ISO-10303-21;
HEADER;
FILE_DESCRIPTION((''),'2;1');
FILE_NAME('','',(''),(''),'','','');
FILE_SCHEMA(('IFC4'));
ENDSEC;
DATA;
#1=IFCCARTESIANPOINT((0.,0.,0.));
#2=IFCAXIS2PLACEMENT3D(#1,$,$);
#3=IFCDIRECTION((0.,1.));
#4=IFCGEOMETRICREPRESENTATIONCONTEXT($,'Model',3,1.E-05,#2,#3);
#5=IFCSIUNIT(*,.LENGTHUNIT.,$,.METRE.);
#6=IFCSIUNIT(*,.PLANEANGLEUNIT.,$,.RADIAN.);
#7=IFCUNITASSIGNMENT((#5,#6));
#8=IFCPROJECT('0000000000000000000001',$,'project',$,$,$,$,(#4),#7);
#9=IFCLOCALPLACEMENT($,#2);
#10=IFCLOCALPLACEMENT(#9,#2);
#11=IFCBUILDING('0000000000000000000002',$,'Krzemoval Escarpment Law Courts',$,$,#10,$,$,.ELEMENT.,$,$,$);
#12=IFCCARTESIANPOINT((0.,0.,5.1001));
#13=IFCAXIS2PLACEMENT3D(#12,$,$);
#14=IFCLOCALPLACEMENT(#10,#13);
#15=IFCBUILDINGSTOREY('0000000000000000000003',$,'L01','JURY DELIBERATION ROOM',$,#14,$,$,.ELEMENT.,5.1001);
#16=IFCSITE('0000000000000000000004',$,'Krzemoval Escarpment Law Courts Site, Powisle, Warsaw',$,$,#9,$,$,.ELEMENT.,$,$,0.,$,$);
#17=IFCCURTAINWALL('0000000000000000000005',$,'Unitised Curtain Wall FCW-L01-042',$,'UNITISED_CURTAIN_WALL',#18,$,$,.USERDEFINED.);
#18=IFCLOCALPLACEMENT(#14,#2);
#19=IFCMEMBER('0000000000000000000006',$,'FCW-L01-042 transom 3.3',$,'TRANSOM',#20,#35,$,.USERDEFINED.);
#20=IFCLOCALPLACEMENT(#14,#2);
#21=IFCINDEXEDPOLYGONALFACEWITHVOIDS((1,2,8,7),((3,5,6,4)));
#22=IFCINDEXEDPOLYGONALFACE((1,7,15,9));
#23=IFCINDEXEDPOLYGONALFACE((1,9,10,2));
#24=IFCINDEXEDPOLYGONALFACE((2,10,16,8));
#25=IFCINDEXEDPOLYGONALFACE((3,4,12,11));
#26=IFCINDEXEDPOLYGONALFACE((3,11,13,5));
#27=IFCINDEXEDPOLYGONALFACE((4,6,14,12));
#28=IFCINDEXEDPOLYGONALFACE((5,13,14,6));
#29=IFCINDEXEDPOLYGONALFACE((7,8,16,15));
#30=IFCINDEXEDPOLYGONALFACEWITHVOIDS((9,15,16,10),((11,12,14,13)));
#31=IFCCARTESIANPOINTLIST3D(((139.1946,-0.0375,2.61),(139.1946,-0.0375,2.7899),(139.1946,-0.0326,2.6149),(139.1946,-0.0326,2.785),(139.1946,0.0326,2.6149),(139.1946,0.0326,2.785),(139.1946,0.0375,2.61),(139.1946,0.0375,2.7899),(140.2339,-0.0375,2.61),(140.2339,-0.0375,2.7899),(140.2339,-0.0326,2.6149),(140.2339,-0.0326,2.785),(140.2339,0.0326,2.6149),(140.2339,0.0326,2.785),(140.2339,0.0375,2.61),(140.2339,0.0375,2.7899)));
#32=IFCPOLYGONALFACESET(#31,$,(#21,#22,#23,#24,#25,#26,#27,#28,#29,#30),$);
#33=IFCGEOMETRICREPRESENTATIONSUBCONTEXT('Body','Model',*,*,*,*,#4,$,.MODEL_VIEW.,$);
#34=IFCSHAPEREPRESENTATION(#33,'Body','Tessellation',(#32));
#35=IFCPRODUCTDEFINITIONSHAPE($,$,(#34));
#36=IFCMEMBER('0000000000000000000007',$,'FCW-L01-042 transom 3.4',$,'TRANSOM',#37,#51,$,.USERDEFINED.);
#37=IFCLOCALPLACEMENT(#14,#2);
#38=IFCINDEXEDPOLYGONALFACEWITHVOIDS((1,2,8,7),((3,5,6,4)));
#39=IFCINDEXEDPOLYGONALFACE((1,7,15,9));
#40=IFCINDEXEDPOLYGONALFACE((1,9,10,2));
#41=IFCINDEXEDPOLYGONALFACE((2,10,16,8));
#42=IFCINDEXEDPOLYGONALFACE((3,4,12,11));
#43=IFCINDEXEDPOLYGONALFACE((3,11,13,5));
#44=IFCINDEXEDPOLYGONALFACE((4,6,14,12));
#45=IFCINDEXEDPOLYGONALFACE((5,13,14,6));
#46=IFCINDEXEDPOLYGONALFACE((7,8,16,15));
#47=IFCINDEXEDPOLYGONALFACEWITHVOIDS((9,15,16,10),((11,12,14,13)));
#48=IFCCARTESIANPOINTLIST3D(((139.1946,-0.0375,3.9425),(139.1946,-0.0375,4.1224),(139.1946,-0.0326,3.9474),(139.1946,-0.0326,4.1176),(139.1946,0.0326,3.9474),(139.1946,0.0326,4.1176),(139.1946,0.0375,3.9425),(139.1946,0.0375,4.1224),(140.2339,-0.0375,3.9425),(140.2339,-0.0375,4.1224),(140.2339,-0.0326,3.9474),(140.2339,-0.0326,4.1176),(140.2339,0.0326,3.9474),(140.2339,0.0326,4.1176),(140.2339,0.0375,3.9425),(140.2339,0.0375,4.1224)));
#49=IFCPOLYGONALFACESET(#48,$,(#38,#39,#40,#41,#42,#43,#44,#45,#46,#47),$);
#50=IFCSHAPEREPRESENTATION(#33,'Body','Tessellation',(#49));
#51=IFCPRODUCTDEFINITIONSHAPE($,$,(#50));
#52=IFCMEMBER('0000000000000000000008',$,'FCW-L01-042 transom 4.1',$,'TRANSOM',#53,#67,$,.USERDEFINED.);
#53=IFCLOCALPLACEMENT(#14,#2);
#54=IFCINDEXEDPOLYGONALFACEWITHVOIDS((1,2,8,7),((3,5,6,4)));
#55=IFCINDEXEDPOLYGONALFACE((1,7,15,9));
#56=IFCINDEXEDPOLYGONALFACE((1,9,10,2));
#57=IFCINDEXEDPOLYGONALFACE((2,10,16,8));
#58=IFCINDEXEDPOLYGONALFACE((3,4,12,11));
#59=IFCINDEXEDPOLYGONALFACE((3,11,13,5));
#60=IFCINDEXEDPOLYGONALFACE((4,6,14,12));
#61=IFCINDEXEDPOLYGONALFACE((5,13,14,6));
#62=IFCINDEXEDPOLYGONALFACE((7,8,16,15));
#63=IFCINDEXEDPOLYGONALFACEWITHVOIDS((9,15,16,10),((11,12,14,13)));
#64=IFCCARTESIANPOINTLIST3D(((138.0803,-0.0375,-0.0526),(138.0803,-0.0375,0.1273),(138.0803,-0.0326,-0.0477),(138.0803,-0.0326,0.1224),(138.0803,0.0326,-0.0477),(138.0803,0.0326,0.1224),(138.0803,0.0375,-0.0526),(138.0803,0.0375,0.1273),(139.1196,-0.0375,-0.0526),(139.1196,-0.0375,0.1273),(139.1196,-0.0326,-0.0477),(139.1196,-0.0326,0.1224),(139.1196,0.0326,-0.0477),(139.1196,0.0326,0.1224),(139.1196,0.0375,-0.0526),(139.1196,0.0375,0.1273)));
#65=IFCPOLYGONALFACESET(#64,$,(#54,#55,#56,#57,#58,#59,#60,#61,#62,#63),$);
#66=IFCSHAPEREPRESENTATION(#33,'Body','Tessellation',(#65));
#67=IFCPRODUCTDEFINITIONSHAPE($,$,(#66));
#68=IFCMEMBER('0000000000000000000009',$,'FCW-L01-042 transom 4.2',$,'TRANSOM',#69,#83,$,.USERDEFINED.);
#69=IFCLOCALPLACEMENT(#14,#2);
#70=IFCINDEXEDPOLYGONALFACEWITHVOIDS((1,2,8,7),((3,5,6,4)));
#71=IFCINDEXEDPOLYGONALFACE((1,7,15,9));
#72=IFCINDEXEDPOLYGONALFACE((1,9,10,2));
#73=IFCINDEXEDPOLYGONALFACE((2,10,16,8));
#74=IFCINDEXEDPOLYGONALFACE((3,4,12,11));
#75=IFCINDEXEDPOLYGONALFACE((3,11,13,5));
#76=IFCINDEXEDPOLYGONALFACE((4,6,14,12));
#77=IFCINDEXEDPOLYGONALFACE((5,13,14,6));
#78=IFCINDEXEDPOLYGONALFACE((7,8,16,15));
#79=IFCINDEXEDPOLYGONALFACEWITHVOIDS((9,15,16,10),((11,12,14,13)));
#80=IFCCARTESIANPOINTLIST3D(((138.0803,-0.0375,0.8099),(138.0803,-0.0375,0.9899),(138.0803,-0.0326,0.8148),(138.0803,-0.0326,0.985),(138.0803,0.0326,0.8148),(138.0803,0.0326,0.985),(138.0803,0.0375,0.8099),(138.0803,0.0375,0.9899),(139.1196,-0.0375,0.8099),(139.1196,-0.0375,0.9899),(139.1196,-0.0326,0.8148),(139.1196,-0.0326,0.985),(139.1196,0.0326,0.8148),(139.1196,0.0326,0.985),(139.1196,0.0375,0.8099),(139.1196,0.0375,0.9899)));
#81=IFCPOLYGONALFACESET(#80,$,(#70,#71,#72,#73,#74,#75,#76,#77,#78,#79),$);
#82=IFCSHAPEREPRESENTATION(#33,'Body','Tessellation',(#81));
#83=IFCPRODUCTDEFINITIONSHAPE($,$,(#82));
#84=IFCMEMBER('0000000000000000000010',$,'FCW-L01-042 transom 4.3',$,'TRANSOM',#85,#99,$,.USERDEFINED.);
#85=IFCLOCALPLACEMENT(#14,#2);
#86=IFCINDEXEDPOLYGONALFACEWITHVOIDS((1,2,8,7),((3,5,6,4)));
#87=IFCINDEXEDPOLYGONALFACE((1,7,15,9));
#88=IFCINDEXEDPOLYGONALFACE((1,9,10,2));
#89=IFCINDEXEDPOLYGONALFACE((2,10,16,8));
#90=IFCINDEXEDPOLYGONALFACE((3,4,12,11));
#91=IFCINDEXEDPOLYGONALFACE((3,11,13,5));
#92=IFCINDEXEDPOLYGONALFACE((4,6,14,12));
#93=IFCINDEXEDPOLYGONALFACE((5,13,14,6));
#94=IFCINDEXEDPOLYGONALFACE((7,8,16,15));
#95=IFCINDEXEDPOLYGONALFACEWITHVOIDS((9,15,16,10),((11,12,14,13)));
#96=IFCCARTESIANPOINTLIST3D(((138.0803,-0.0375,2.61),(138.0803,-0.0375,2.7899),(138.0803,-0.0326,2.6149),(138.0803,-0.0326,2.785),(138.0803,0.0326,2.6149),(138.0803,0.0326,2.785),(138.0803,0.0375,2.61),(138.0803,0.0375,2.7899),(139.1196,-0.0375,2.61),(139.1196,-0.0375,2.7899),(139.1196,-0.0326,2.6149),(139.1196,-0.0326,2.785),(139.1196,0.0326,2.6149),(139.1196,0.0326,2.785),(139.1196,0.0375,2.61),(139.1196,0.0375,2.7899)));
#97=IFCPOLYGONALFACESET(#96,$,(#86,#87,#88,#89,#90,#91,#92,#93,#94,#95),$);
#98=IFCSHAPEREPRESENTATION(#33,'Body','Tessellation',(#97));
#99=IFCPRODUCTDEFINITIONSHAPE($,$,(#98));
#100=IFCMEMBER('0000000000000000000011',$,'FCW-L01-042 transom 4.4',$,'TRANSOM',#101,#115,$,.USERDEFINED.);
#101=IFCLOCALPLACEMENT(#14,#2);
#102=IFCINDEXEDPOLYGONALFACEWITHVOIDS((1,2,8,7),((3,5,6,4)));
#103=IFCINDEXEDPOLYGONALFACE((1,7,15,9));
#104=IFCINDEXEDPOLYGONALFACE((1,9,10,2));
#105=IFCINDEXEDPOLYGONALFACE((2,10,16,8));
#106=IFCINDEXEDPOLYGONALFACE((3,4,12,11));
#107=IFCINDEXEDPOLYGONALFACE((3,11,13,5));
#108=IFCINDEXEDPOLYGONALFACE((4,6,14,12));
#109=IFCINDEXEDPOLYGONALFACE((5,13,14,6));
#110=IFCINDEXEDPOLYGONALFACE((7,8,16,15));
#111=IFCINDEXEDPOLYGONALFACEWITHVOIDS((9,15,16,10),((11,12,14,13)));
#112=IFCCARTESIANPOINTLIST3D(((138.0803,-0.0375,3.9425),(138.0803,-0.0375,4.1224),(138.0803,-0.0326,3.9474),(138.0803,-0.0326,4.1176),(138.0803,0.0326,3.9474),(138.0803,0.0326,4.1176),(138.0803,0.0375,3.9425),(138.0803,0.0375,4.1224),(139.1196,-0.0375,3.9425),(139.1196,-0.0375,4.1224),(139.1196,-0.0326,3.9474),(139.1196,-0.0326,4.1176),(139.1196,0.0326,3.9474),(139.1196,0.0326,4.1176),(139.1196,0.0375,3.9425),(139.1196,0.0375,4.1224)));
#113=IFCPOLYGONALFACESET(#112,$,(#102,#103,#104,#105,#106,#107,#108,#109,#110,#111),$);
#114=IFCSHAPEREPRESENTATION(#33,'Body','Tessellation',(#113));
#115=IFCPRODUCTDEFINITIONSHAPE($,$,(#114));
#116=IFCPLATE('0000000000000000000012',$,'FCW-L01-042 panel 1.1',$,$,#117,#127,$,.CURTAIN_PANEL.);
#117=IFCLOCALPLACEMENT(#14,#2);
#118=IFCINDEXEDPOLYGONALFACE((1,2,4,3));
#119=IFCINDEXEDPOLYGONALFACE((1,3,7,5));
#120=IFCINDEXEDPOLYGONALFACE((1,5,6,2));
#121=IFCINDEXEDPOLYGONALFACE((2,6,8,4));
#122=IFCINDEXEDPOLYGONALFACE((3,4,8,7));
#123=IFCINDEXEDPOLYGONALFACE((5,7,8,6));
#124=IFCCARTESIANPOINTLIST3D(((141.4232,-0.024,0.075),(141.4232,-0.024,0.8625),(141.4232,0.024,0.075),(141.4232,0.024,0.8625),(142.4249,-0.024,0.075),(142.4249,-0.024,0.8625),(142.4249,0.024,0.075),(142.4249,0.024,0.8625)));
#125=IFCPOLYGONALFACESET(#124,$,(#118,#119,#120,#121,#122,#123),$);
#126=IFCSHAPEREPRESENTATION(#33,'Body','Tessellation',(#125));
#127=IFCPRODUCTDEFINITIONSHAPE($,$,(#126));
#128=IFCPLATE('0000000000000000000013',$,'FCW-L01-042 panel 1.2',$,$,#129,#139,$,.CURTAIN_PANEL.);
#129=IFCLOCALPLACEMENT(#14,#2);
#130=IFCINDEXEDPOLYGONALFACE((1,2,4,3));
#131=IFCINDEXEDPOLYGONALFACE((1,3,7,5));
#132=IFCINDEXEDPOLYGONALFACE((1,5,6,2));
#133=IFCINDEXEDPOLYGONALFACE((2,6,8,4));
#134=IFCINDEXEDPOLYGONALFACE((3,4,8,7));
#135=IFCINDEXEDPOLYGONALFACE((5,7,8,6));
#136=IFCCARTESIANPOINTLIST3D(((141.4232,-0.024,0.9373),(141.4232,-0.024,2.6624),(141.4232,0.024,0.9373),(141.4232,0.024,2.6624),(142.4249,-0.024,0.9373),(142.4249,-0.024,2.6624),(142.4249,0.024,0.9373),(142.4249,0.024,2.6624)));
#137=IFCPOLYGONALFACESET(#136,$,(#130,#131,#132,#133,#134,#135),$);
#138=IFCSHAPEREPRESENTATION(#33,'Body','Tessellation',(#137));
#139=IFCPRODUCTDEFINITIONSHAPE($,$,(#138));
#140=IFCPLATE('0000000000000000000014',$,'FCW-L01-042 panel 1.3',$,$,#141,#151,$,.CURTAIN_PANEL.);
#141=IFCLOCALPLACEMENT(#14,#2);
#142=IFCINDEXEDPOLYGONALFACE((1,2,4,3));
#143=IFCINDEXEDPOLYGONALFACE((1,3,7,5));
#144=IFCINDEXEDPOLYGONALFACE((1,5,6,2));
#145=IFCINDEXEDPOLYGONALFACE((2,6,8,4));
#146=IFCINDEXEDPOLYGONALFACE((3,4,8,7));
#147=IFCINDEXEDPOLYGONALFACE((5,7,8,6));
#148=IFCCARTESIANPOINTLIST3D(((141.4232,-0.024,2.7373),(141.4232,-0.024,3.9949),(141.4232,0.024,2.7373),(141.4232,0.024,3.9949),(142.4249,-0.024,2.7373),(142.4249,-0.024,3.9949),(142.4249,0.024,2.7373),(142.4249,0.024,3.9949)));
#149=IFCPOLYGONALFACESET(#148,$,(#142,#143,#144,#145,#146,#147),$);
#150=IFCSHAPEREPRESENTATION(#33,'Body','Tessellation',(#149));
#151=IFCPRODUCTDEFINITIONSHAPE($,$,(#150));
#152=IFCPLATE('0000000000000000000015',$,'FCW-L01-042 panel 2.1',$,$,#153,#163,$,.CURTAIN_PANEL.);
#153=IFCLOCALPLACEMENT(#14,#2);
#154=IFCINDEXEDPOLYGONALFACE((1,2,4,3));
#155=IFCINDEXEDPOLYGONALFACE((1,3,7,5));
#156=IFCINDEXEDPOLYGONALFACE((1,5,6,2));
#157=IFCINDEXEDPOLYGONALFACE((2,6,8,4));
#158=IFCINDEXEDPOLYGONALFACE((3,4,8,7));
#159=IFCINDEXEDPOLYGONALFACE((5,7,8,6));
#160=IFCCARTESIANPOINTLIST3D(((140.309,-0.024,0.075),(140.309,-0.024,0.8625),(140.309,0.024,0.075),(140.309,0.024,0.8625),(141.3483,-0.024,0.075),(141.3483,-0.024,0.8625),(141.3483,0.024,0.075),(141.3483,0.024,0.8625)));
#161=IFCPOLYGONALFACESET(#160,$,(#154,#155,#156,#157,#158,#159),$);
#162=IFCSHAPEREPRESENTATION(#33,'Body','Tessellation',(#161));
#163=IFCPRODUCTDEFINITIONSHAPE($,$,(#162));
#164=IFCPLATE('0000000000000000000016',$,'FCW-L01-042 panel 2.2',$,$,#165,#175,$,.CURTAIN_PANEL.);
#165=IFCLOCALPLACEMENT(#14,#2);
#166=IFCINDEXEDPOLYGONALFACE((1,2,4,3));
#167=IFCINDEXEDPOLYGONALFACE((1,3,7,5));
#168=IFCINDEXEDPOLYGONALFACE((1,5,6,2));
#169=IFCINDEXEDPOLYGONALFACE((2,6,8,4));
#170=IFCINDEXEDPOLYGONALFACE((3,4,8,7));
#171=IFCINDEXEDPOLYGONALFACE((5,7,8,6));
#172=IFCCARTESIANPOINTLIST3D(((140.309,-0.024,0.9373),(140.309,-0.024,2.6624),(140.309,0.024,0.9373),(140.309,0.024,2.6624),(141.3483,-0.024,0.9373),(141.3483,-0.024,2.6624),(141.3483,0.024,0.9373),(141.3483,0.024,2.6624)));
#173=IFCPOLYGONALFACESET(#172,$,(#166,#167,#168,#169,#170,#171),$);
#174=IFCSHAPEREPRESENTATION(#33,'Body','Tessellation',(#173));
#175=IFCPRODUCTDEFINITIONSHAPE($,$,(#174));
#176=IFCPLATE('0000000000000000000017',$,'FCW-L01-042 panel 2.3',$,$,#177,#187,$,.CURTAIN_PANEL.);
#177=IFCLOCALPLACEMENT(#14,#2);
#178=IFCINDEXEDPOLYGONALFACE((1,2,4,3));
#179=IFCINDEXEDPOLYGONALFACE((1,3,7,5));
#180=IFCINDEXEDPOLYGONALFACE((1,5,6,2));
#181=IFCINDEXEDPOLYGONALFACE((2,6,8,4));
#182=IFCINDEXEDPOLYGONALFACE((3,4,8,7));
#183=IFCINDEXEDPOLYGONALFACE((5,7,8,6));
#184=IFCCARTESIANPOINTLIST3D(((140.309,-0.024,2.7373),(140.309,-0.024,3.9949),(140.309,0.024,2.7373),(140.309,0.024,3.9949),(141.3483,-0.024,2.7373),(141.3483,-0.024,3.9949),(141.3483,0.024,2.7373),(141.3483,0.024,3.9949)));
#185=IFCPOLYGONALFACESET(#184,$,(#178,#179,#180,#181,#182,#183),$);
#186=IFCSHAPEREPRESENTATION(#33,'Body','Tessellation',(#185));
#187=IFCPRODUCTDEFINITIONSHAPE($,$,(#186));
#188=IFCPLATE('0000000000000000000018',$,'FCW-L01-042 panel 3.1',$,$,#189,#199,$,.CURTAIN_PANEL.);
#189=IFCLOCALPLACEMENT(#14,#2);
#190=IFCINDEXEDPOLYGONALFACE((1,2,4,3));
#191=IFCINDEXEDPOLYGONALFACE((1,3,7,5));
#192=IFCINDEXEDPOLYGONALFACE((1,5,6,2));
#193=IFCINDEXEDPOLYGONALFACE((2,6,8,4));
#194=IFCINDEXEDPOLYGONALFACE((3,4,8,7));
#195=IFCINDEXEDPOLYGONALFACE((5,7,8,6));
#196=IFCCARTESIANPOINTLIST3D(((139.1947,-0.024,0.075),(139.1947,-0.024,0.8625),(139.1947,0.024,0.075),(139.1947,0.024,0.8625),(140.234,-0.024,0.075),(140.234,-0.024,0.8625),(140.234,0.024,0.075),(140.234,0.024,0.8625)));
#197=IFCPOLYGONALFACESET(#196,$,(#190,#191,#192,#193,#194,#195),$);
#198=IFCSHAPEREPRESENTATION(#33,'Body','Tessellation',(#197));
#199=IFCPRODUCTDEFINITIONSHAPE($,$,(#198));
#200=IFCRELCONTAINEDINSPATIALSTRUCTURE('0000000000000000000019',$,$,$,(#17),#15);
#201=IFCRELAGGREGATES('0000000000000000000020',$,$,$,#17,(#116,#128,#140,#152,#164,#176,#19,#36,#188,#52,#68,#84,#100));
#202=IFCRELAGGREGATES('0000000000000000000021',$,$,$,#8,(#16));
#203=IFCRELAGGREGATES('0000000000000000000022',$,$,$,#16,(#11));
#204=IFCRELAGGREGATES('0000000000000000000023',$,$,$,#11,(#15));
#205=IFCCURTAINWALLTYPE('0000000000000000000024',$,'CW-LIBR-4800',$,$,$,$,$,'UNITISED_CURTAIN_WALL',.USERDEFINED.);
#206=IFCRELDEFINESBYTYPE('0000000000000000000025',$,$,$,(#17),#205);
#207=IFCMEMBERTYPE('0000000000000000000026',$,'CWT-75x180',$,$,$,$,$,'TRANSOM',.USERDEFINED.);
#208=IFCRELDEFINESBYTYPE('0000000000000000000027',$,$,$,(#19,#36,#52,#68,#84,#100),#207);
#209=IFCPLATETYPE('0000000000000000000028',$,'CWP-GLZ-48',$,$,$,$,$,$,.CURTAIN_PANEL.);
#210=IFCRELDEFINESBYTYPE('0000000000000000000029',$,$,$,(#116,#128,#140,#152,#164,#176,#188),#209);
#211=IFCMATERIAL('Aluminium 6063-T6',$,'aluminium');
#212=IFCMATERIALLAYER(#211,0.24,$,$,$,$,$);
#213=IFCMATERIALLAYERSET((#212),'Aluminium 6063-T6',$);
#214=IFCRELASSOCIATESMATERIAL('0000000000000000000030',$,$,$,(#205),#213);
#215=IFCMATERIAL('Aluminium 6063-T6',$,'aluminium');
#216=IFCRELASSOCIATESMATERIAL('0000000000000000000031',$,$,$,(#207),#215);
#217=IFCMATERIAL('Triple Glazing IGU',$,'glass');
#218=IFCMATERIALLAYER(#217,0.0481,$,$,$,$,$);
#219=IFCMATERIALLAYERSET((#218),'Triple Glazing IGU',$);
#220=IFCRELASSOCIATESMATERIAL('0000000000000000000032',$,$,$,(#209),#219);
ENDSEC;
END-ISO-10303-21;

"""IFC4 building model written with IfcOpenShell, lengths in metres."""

from ifc_helpers import new_model, si_unit, direction, frame, origin, origin_2d, place, context, subcontext, project, spatial, rectangle, hollow_rectangle, extrude, material, layer, layer_set, material_profile, profile_set, type_object, element, aggregate, save


model = new_model("IFC4")

# Units and contexts
model_context = context("Model", 3, precision=1e-05, world=origin(), true_north=direction((0.0, 1.0)))
body_context = subcontext(model_context, "Body", "Model", "MODEL_VIEW")
ifc_project = project(units=[si_unit("LENGTHUNIT", "METRE"), si_unit("PLANEANGLEUNIT", "RADIAN")], contexts=[model_context])

# Site, building, storey
site_placement = place(None, origin())
site = spatial("IfcSite", under=ifc_project, at=site_placement, Name="Krzemoval Escarpment Law Courts Site, Powisle, Warsaw", CompositionType="ELEMENT", RefElevation=0.0)
building_placement = place(site_placement, origin())
building = spatial("IfcBuilding", under=site, at=building_placement, Name="Krzemoval Escarpment Law Courts", CompositionType="ELEMENT")
storey_placement = place(building_placement, frame((0.0, 0.0, 5.1001)))
storey = spatial("IfcBuildingStorey", under=building, at=storey_placement, Name="L01", Description="JURY DELIBERATION ROOM", CompositionType="ELEMENT", Elevation=5.1001)

# Curtain wall, members, plates
ifc_material_1 = material(Name="Aluminium 6063-T6", Category="aluminium")
ifc_layer_1 = layer(ifc_material_1, 0.24)
ifc_layer_set_1 = layer_set([ifc_layer_1], Name="Aluminium 6063-T6")
curtain_wall_type = type_object("IfcCurtainWallType", Name="CW-LIBR-4800", ElementType="UNITISED_CURTAIN_WALL", PredefinedType="USERDEFINED", material=ifc_layer_set_1)
curtain_wall_placement = place(storey_placement, origin())
curtain_wall = element("IfcCurtainWall", 1, at=curtain_wall_placement, inside=storey, type_object=curtain_wall_type, Name="Unitised Curtain Wall FCW-L01-042", ObjectType="UNITISED_CURTAIN_WALL", PredefinedType="USERDEFINED")
ifc_material_2 = material(Name="Aluminium 6063-T6", Category="aluminium")
ifc_material_profile_1 = material_profile(ifc_material_2, hollow_rectangle(XDim=0.075, YDim=0.1799, WallThickness=0.0049, at=origin_2d()), Name="ALU T75x180")
ifc_profile_set_1 = profile_set([ifc_material_profile_1], Name="Aluminium 6063-T6")
member_type_1 = type_object("IfcMemberType", Name="CWT-75x180", ElementType="TRANSOM", PredefinedType="USERDEFINED", material=ifc_profile_set_1)
member_1_placement = place(storey_placement, frame((140.2339, 0.0, 2.7), z_axis=(-1.0, 0.0, 0.0), x_axis=(0.0, -1.0, 0.0)))
member_1 = element("IfcMember", 2, at=member_1_placement, type_object=member_type_1, Name="FCW-L01-042 transom 3.3", ObjectType="TRANSOM", PredefinedType="USERDEFINED", context=body_context, shape_type="SweptSolid", body=[
    extrude(hollow_rectangle(XDim=0.075, YDim=0.1799, WallThickness=0.0049, at=origin_2d()), origin(), (0.0, 0.0, 1.0), 1.0393),
])
member_2_placement = place(storey_placement, frame((140.2339, 0.0, 4.0325), z_axis=(-1.0, 0.0, 0.0), x_axis=(0.0, -1.0, 0.0)))
member_2 = element("IfcMember", 3, at=member_2_placement, type_object=member_type_1, Name="FCW-L01-042 transom 3.4", ObjectType="TRANSOM", PredefinedType="USERDEFINED", context=body_context, shape_type="SweptSolid", body=[
    extrude(hollow_rectangle(XDim=0.075, YDim=0.1799, WallThickness=0.0049, at=origin_2d()), origin(), (0.0, 0.0, 1.0), 1.0393),
])
member_3_placement = place(storey_placement, frame((139.1196, 0.0, 0.0374), z_axis=(-1.0, 0.0, 0.0), x_axis=(0.0, -1.0, 0.0)))
member_3 = element("IfcMember", 4, at=member_3_placement, type_object=member_type_1, Name="FCW-L01-042 transom 4.1", ObjectType="TRANSOM", PredefinedType="USERDEFINED", context=body_context, shape_type="SweptSolid", body=[
    extrude(hollow_rectangle(XDim=0.075, YDim=0.1799, WallThickness=0.0049, at=origin_2d()), origin(), (0.0, 0.0, 1.0), 1.0393),
])
member_4_placement = place(storey_placement, frame((139.1196, 0.0, 0.8999), z_axis=(-1.0, 0.0, 0.0), x_axis=(0.0, -1.0, 0.0)))
member_4 = element("IfcMember", 5, at=member_4_placement, type_object=member_type_1, Name="FCW-L01-042 transom 4.2", ObjectType="TRANSOM", PredefinedType="USERDEFINED", context=body_context, shape_type="SweptSolid", body=[
    extrude(hollow_rectangle(XDim=0.075, YDim=0.1799, WallThickness=0.0049, at=origin_2d()), origin(), (0.0, 0.0, 1.0), 1.0393),
])
member_5_placement = place(storey_placement, frame((139.1196, 0.0, 2.7), z_axis=(-1.0, 0.0, 0.0), x_axis=(0.0, -1.0, 0.0)))
member_5 = element("IfcMember", 6, at=member_5_placement, type_object=member_type_1, Name="FCW-L01-042 transom 4.3", ObjectType="TRANSOM", PredefinedType="USERDEFINED", context=body_context, shape_type="SweptSolid", body=[
    extrude(hollow_rectangle(XDim=0.075, YDim=0.1799, WallThickness=0.0049, at=origin_2d()), origin(), (0.0, 0.0, 1.0), 1.0393),
])
member_6_placement = place(storey_placement, frame((139.1196, 0.0, 4.0325), z_axis=(-1.0, 0.0, 0.0), x_axis=(0.0, -1.0, 0.0)))
member_6 = element("IfcMember", 7, at=member_6_placement, type_object=member_type_1, Name="FCW-L01-042 transom 4.4", ObjectType="TRANSOM", PredefinedType="USERDEFINED", context=body_context, shape_type="SweptSolid", body=[
    extrude(hollow_rectangle(XDim=0.075, YDim=0.1799, WallThickness=0.0049, at=origin_2d()), origin(), (0.0, 0.0, 1.0), 1.0393),
])
ifc_material_3 = material(Name="Triple Glazing IGU", Category="glass")
ifc_layer_2 = layer(ifc_material_3, 0.0481)
ifc_layer_set_2 = layer_set([ifc_layer_2], Name="Triple Glazing IGU")
plate_type = type_object("IfcPlateType", Name="CWP-GLZ-48", PredefinedType="CURTAIN_PANEL", material=ifc_layer_set_2)
plate_1_placement = place(storey_placement, frame((141.9241, 0.0, 0.075), z_axis=(0.0, 0.0, 1.0), x_axis=(-1.0, 0.0, 0.0)))
plate_1 = element("IfcPlate", 8, at=plate_1_placement, type_object=plate_type, Name="FCW-L01-042 panel 1.1", PredefinedType="CURTAIN_PANEL", context=body_context, shape_type="SweptSolid", body=[
    extrude(rectangle(XDim=1.0017, YDim=0.0481, at=origin_2d()), origin(), (0.0, 0.0, 1.0), 0.7876),
])
plate_2_placement = place(storey_placement, frame((141.9241, 0.0, 0.9373), z_axis=(0.0, 0.0, 1.0), x_axis=(-1.0, 0.0, 0.0)))
plate_2 = element("IfcPlate", 9, at=plate_2_placement, type_object=plate_type, Name="FCW-L01-042 panel 1.2", PredefinedType="CURTAIN_PANEL", context=body_context, shape_type="SweptSolid", body=[
    extrude(rectangle(XDim=1.0017, YDim=0.0481, at=origin_2d()), origin(), (0.0, 0.0, 1.0), 1.7251),
])
plate_3_placement = place(storey_placement, frame((141.9241, 0.0, 2.7373), z_axis=(0.0, 0.0, 1.0), x_axis=(-1.0, 0.0, 0.0)))
plate_3 = element("IfcPlate", 10, at=plate_3_placement, type_object=plate_type, Name="FCW-L01-042 panel 1.3", PredefinedType="CURTAIN_PANEL", context=body_context, shape_type="SweptSolid", body=[
    extrude(rectangle(XDim=1.0017, YDim=0.0481, at=origin_2d()), origin(), (0.0, 0.0, 1.0), 1.2576),
])
plate_4_placement = place(storey_placement, frame((140.8286, 0.0, 0.075), z_axis=(0.0, 0.0, 1.0), x_axis=(-1.0, 0.0, 0.0)))
plate_4 = element("IfcPlate", 11, at=plate_4_placement, type_object=plate_type, Name="FCW-L01-042 panel 2.1", PredefinedType="CURTAIN_PANEL", context=body_context, shape_type="SweptSolid", body=[
    extrude(rectangle(XDim=1.0393, YDim=0.0481, at=origin_2d()), origin(), (0.0, 0.0, 1.0), 0.7876),
])
plate_5_placement = place(storey_placement, frame((140.8286, 0.0, 0.9373), z_axis=(0.0, 0.0, 1.0), x_axis=(-1.0, 0.0, 0.0)))
plate_5 = element("IfcPlate", 12, at=plate_5_placement, type_object=plate_type, Name="FCW-L01-042 panel 2.2", PredefinedType="CURTAIN_PANEL", context=body_context, shape_type="SweptSolid", body=[
    extrude(rectangle(XDim=1.0393, YDim=0.0481, at=origin_2d()), origin(), (0.0, 0.0, 1.0), 1.7251),
])
plate_6_placement = place(storey_placement, frame((140.8286, 0.0, 2.7373), z_axis=(0.0, 0.0, 1.0), x_axis=(-1.0, 0.0, 0.0)))
plate_6 = element("IfcPlate", 13, at=plate_6_placement, type_object=plate_type, Name="FCW-L01-042 panel 2.3", PredefinedType="CURTAIN_PANEL", context=body_context, shape_type="SweptSolid", body=[
    extrude(rectangle(XDim=1.0393, YDim=0.0481, at=origin_2d()), origin(), (0.0, 0.0, 1.0), 1.2576),
])
plate_7_placement = place(storey_placement, frame((139.7144, 0.0, 0.075), z_axis=(0.0, 0.0, 1.0), x_axis=(-1.0, 0.0, 0.0)))
plate_7 = element("IfcPlate", 14, at=plate_7_placement, type_object=plate_type, Name="FCW-L01-042 panel 3.1", PredefinedType="CURTAIN_PANEL", context=body_context, shape_type="SweptSolid", body=[
    extrude(rectangle(XDim=1.0393, YDim=0.0481, at=origin_2d()), origin(), (0.0, 0.0, 1.0), 0.7876),
])
aggregate(curtain_wall, [plate_1, plate_2, plate_3, plate_4, plate_5, plate_6, member_1, member_2, plate_7, member_3, member_4, member_5, member_6])

save(model, "model.ifc")
